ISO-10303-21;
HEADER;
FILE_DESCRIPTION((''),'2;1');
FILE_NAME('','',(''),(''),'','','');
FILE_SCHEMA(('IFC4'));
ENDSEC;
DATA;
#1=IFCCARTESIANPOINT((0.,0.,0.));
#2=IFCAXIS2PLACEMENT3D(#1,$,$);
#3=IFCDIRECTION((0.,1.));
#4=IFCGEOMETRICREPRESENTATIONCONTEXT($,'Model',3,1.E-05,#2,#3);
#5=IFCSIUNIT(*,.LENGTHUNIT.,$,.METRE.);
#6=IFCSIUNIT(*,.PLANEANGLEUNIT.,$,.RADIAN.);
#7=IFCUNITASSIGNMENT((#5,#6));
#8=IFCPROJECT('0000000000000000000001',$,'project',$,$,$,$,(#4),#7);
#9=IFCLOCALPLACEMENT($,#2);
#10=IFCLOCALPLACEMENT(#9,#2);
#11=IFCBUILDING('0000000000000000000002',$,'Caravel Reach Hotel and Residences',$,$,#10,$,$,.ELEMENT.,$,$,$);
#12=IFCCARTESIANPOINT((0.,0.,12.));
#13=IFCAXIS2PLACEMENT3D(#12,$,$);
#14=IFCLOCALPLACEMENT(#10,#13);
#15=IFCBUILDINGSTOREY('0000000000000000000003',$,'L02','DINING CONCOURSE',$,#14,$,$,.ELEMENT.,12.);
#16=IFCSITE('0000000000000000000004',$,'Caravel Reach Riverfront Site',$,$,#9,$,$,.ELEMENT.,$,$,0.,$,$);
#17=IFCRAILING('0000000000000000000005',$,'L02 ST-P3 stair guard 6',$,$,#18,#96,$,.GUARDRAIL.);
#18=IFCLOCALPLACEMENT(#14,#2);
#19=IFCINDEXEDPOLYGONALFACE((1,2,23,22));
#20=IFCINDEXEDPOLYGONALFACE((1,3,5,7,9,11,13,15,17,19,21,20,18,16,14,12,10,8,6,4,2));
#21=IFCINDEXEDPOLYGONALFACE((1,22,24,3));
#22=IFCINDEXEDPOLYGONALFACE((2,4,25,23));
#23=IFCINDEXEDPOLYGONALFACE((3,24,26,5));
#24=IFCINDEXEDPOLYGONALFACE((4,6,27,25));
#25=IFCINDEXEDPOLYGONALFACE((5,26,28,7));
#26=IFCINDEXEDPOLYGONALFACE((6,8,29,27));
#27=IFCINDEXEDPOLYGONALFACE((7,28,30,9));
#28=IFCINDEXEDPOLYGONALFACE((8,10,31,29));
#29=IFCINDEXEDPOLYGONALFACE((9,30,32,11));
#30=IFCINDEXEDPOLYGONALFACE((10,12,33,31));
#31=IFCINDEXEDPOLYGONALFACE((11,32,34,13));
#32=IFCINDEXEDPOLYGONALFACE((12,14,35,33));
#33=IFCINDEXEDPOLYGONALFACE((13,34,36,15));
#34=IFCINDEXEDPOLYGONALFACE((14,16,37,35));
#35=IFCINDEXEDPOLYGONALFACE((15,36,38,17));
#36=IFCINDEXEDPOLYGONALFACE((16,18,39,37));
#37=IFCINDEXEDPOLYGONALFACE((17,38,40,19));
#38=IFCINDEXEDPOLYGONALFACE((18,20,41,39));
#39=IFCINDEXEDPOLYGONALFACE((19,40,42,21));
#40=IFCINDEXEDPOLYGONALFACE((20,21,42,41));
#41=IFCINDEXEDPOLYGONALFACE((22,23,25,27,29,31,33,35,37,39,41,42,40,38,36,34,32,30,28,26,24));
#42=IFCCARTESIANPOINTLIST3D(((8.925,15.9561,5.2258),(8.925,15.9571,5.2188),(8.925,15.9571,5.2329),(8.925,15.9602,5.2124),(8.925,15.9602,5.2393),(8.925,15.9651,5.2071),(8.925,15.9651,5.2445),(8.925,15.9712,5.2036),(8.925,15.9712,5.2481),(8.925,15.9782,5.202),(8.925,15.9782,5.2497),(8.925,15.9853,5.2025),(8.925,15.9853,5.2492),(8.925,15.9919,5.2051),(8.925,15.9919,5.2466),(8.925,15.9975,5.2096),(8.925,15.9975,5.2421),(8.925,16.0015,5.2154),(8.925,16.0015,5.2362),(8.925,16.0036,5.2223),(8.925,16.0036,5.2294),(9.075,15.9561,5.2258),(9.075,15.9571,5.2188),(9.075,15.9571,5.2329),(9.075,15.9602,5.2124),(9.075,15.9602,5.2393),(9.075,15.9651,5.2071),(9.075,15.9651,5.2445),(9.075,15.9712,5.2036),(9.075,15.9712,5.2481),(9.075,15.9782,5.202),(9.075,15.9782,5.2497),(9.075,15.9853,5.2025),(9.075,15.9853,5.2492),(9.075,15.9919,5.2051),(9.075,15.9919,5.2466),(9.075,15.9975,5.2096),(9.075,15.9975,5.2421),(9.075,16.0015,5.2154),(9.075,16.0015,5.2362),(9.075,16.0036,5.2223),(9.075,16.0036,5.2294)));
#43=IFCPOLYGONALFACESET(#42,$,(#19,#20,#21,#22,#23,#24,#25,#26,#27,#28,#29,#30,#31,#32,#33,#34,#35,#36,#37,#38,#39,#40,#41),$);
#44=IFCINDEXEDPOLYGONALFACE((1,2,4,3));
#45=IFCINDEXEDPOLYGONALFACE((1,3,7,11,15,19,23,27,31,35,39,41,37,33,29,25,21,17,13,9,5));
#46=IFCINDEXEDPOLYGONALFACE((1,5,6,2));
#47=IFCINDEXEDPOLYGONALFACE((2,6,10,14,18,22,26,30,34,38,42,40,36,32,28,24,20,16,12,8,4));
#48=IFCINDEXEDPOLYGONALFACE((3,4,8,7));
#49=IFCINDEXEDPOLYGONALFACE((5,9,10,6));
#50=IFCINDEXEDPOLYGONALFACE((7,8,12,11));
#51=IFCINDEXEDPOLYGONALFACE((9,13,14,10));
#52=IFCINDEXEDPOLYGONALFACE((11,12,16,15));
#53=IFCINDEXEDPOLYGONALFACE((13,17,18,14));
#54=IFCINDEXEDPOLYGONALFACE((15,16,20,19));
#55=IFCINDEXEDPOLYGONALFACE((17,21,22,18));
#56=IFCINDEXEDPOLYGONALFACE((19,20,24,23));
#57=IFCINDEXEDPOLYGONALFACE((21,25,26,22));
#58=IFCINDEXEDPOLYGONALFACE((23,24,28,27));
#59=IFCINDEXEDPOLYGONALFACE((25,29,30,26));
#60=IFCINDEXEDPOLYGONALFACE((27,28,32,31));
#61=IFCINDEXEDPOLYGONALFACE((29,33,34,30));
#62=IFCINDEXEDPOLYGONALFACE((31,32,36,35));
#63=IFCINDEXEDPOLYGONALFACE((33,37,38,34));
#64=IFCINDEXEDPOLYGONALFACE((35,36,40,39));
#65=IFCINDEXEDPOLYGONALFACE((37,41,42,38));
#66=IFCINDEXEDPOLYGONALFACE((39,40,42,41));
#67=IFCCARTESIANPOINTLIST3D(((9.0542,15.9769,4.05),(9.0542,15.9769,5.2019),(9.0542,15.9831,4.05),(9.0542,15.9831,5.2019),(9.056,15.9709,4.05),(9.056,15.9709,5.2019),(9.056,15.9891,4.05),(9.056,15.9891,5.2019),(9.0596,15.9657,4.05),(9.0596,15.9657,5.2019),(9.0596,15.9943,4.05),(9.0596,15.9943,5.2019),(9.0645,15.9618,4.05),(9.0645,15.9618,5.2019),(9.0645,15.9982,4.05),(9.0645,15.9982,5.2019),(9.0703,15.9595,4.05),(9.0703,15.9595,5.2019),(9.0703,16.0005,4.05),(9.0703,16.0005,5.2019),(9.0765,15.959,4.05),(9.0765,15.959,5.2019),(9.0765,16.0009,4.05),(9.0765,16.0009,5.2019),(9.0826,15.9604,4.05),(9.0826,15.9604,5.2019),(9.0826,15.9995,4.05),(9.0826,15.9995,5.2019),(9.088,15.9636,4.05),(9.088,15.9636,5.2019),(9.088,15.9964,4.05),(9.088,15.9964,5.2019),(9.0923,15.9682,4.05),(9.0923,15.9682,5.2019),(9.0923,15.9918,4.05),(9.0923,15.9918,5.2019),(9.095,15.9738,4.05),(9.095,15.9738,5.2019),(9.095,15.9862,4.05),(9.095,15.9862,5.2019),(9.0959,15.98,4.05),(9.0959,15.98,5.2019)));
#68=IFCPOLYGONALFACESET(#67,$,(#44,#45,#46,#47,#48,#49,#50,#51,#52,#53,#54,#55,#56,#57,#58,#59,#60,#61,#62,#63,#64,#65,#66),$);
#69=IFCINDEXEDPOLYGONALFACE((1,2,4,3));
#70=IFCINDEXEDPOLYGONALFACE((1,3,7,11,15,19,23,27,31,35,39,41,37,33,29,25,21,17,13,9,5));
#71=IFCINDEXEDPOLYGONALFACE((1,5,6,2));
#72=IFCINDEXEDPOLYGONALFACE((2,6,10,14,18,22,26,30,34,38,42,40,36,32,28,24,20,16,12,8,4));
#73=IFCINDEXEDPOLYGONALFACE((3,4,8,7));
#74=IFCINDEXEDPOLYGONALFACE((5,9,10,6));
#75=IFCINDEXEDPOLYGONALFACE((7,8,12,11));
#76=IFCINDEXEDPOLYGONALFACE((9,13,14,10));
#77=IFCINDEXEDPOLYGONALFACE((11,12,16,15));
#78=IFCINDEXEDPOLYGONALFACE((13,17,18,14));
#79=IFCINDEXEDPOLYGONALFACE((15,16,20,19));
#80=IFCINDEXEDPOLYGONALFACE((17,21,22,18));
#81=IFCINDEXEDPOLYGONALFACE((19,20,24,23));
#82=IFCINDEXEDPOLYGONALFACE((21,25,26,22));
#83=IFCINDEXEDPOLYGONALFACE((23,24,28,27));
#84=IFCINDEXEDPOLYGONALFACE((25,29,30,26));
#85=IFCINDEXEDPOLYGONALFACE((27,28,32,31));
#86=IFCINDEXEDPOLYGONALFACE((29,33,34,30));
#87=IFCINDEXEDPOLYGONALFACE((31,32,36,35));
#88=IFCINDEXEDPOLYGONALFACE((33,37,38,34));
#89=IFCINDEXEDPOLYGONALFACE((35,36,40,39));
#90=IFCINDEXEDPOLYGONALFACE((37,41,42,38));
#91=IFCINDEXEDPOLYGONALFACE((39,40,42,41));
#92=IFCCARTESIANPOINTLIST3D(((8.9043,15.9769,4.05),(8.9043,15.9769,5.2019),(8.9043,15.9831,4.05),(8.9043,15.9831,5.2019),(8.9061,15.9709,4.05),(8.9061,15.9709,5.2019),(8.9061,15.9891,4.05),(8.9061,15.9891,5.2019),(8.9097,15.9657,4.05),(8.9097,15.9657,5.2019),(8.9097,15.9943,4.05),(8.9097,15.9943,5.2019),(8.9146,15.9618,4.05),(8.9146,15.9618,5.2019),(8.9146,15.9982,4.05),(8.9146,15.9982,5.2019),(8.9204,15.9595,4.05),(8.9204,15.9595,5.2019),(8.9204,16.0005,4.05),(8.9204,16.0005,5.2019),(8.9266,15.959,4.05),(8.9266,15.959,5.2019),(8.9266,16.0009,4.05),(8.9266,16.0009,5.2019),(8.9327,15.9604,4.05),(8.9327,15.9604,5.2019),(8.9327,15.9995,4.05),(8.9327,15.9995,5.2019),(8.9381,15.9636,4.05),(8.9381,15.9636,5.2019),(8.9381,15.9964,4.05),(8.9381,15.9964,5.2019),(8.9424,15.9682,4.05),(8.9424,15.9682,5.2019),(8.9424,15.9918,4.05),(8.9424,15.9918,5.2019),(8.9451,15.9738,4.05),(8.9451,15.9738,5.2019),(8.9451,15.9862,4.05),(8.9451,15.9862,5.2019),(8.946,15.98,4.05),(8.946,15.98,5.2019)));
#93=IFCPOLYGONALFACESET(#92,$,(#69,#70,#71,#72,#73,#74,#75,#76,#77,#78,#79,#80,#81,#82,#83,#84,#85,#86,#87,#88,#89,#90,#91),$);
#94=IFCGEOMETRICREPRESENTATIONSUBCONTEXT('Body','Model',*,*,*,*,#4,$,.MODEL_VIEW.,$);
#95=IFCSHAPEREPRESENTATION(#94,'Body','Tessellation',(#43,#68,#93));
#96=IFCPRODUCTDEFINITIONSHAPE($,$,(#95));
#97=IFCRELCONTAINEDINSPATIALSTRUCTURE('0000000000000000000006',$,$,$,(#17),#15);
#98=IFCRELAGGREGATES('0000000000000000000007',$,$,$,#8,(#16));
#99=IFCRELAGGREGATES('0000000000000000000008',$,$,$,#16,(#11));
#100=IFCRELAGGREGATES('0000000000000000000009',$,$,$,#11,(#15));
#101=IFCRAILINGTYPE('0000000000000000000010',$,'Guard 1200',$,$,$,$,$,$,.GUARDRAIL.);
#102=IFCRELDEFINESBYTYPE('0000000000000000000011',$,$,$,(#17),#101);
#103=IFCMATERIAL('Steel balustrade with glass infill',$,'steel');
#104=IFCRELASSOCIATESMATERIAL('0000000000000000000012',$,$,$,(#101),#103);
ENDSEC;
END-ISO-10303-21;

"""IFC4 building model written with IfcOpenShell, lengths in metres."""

from ifc_helpers import new_model, si_unit, direction, frame, origin, origin_2d, place, context, subcontext, project, spatial, circle, extrude, material, type_object, element, save


model = new_model("IFC4")

# Units and contexts
model_context = context("Model", 3, precision=1e-05, world=origin(), true_north=direction((0.0, 1.0)))
body_context = subcontext(model_context, "Body", "Model", "MODEL_VIEW")
ifc_project = project(units=[si_unit("LENGTHUNIT", "METRE"), si_unit("PLANEANGLEUNIT", "RADIAN")], contexts=[model_context])

# Site, building, storey
site_placement = place(None, origin())
site = spatial("IfcSite", under=ifc_project, at=site_placement, Name="Caravel Reach Riverfront Site", CompositionType="ELEMENT", RefElevation=0.0)
building_placement = place(site_placement, origin())
building = spatial("IfcBuilding", under=site, at=building_placement, Name="Caravel Reach Hotel and Residences", CompositionType="ELEMENT")
storey_placement = place(building_placement, frame((0.0, 0.0, 12.0)))
storey = spatial("IfcBuildingStorey", under=building, at=storey_placement, Name="L02", Description="DINING CONCOURSE", CompositionType="ELEMENT", Elevation=12.0)

# Railing
ifc_material_1 = material(Name="Steel balustrade with glass infill", Category="steel")
railing_type_1 = type_object("IfcRailingType", Name="Guard 1200", PredefinedType="GUARDRAIL", material=ifc_material_1)
railing_1_placement = place(storey_placement, frame((9.075, 15.98, 4.05)))
element("IfcRailing", 1, at=railing_1_placement, inside=storey, type_object=railing_type_1, Name="L02 ST-P3 stair guard 6", PredefinedType="GUARDRAIL", context=body_context, shape_type="SweptSolid", body=[
    extrude(circle(Radius=0.0239, at=origin_2d()), frame((0.0, 0.0, 1.1758), z_axis=(-1.0, 0.0, 0.0), x_axis=(0.0, -1.0, 0.0)), (0.0, 0.0, 1.0), 0.1499),
    extrude(circle(Radius=0.021, at=origin_2d()), origin(), (0.0, 0.0, 1.0), 1.1519),
    extrude(circle(Radius=0.021, at=origin_2d()), frame((-0.1499, 0.0, 0.0)), (0.0, 0.0, 1.0), 1.1519),
])

save(model, "model.ifc")
